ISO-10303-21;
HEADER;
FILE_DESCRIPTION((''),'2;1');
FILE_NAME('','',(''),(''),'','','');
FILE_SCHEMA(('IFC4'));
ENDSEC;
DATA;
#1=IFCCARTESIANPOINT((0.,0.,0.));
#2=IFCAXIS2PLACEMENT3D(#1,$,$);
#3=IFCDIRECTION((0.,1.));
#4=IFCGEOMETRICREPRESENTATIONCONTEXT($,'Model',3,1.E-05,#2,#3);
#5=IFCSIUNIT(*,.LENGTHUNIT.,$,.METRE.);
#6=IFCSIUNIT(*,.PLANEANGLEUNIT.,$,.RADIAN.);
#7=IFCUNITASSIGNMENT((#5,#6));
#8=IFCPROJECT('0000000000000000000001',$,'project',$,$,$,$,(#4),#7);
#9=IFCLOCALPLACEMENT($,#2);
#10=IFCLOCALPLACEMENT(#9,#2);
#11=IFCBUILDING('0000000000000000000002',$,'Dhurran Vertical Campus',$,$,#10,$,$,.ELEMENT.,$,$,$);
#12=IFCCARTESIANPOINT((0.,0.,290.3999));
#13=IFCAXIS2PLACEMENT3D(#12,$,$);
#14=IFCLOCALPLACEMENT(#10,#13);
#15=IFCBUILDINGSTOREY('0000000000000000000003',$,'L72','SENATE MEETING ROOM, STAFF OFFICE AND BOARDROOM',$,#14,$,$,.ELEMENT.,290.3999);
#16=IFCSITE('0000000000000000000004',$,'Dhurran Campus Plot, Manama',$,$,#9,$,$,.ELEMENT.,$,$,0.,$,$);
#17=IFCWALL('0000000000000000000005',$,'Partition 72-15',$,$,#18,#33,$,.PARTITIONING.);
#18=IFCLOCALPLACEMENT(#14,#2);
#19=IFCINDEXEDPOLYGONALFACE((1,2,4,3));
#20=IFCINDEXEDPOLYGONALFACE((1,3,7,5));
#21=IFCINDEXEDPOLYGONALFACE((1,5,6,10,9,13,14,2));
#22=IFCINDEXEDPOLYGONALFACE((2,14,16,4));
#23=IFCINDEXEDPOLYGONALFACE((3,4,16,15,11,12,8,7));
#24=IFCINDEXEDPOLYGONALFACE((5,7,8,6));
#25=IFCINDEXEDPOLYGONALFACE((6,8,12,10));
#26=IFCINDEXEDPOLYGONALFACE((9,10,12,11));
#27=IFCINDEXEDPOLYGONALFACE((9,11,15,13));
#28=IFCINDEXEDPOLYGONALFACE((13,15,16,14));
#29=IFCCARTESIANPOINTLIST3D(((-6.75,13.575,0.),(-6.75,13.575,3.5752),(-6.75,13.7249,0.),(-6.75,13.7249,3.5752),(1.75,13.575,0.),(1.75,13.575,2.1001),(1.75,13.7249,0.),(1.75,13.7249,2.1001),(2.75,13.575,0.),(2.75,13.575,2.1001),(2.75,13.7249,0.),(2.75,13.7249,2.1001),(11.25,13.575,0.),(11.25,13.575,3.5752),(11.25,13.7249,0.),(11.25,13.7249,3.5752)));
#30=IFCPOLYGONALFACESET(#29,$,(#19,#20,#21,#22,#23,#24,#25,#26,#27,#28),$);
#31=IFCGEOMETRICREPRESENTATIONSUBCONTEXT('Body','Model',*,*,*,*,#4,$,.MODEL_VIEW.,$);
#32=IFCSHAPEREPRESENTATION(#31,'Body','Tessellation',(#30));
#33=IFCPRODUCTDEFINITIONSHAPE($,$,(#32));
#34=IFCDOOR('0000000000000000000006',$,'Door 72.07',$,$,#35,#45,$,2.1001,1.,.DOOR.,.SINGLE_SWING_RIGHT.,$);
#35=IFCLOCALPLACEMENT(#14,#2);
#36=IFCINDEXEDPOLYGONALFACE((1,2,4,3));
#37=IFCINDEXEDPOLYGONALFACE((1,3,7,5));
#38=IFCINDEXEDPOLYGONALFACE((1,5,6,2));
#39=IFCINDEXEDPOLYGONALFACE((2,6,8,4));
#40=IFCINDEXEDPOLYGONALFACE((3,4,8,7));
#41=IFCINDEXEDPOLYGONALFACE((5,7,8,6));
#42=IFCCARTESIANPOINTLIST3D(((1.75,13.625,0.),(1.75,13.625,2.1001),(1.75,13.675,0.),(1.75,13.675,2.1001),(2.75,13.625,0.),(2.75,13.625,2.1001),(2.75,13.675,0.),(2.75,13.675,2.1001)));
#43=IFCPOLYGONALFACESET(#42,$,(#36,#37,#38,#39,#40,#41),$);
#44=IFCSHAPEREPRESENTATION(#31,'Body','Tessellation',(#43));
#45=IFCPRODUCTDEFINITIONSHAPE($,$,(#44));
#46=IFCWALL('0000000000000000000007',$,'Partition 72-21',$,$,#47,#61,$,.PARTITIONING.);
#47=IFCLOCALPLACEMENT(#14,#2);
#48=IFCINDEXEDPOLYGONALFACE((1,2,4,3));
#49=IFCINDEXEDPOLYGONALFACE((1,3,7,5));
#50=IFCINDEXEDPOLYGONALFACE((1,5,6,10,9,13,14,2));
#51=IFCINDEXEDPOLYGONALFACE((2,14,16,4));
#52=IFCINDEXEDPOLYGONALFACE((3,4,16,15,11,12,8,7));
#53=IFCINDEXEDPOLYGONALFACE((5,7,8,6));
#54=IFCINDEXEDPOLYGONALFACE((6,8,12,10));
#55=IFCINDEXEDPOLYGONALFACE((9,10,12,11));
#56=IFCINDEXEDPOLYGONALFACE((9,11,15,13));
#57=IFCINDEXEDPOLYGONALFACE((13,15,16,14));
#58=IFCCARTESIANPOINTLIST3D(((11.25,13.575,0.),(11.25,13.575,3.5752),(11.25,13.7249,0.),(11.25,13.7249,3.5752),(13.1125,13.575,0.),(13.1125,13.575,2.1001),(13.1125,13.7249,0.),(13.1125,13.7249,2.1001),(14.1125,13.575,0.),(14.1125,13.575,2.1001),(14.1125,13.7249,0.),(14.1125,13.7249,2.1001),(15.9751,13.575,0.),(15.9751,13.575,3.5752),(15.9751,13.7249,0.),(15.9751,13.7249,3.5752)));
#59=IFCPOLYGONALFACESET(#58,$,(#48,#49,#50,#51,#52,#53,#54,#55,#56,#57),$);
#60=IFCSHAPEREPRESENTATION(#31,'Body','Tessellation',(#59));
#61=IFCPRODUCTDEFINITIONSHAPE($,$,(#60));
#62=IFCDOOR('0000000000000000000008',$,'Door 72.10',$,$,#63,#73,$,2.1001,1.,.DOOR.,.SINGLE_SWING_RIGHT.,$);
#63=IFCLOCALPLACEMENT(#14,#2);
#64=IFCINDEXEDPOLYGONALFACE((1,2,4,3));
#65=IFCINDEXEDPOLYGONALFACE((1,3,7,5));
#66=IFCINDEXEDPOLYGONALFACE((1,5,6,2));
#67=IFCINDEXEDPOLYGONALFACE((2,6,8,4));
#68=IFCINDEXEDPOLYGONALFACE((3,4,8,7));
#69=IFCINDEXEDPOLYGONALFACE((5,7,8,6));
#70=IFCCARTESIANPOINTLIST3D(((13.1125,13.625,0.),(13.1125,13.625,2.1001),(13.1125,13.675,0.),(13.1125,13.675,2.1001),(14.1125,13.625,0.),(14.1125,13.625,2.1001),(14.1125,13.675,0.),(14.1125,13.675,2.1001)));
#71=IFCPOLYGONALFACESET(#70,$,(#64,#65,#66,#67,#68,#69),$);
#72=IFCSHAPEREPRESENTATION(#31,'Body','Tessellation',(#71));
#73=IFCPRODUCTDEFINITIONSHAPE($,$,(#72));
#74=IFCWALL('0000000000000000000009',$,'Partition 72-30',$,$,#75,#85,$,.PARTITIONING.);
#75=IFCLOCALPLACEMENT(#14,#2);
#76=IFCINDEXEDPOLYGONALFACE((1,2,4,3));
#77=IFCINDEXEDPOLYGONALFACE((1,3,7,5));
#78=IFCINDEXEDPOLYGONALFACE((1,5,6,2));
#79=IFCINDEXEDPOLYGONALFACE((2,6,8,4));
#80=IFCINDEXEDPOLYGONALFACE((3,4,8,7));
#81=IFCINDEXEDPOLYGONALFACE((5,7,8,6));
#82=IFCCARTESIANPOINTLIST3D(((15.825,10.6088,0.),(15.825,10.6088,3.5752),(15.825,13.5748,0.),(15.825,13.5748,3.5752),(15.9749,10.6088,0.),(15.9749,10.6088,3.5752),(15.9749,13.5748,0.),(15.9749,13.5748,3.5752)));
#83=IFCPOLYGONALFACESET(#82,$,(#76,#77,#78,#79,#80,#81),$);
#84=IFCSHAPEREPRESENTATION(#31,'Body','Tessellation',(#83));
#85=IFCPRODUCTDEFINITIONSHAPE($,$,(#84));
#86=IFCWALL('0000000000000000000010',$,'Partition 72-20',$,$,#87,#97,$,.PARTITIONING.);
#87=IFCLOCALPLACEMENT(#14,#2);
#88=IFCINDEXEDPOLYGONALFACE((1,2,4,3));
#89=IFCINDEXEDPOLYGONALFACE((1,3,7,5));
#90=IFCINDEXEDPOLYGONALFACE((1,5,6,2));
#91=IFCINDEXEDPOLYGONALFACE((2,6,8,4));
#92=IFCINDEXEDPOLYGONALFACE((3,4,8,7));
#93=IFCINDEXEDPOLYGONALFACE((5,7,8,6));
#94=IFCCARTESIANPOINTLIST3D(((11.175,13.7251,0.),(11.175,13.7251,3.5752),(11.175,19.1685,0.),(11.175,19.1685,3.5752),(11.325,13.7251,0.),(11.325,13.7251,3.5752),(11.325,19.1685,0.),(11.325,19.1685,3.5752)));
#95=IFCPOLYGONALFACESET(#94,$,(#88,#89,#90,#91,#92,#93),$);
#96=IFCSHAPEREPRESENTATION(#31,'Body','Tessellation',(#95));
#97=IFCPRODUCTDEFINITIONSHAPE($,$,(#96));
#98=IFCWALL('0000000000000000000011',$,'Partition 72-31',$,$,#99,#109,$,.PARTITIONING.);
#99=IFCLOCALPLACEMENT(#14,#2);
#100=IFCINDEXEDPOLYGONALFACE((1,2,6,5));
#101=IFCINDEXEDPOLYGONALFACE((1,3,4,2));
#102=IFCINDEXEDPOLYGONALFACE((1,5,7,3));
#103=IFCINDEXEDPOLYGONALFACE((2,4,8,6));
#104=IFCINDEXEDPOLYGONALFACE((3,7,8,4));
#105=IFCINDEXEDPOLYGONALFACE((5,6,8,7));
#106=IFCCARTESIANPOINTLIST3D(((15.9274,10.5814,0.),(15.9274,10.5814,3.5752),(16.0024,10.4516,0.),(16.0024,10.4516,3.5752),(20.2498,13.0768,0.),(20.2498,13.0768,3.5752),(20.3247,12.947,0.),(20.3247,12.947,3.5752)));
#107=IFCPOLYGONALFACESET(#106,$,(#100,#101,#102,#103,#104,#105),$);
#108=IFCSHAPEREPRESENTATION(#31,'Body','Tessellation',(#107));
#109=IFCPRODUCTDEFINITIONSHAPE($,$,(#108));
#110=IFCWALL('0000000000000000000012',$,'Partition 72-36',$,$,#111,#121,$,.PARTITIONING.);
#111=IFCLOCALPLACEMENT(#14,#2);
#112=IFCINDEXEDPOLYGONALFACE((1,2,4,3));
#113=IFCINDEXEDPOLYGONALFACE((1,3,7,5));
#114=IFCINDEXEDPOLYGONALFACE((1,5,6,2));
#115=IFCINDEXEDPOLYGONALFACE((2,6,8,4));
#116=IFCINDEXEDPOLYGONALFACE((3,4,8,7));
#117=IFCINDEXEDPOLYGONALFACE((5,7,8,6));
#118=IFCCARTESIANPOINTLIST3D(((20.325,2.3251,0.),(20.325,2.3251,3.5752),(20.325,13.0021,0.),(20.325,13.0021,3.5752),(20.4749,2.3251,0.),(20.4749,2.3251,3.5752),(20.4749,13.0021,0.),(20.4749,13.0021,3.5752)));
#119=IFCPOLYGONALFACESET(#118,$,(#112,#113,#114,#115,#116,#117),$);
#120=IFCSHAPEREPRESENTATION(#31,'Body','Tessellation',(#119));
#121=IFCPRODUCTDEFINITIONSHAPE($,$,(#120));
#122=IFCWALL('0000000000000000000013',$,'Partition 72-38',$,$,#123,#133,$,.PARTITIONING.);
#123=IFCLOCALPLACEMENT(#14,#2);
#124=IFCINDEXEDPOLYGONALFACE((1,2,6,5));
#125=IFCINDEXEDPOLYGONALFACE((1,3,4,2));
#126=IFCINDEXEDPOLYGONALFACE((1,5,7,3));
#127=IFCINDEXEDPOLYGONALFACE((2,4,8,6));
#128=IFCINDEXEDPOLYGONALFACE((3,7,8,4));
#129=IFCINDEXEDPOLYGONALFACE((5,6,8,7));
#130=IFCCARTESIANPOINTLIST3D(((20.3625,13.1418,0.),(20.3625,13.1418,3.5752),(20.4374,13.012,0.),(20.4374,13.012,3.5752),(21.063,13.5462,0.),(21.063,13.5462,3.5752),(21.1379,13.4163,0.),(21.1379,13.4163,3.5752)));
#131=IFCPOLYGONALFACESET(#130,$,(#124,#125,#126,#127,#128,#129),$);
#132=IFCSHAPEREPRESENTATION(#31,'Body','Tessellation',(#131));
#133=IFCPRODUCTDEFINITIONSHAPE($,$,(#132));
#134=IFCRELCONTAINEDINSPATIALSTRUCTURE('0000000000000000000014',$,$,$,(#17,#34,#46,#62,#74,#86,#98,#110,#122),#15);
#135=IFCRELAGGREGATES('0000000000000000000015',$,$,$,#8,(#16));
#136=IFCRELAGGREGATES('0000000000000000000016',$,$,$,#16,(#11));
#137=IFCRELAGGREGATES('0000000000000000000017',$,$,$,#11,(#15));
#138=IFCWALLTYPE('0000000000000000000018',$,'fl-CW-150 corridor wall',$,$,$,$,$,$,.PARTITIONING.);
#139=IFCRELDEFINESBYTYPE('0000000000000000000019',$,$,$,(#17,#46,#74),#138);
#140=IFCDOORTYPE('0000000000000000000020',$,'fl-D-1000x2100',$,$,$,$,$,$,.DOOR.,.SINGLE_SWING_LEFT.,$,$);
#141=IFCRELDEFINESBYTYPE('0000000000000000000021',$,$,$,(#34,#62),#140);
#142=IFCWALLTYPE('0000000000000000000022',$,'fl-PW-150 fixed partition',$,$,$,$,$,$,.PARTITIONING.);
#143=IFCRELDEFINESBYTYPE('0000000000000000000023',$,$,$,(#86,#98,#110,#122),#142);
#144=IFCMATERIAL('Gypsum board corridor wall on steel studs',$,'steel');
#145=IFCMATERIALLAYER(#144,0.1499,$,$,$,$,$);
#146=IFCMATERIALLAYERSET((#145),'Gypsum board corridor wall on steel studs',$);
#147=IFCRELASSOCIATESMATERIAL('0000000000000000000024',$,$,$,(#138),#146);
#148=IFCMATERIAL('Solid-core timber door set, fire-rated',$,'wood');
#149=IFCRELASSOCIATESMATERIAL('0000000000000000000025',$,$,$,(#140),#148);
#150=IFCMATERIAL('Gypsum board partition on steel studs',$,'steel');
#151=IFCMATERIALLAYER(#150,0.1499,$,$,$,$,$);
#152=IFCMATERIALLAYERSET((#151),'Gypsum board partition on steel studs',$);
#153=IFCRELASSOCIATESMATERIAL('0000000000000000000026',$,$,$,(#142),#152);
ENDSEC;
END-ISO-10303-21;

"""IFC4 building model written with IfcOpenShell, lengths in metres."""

from ifc_helpers import new_model, si_unit, direction, frame, frame_2d, origin, place, context, subcontext, project, spatial, rectangle, extrude, material, layer, layer_set, type_object, element, fill, save


model = new_model("IFC4")

# Units and contexts
model_context = context("Model", 3, precision=1e-05, world=origin(), true_north=direction((0.0, 1.0)))
body_context = subcontext(model_context, "Body", "Model", "MODEL_VIEW")
ifc_project = project(units=[si_unit("LENGTHUNIT", "METRE"), si_unit("PLANEANGLEUNIT", "RADIAN")], contexts=[model_context])

# Site, building, storey
site_placement = place(None, origin())
site = spatial("IfcSite", under=ifc_project, at=site_placement, Name="Dhurran Campus Plot, Manama", CompositionType="ELEMENT", RefElevation=0.0)
building_placement = place(site_placement, origin())
building = spatial("IfcBuilding", under=site, at=building_placement, Name="Dhurran Vertical Campus", CompositionType="ELEMENT")
storey_placement = place(building_placement, frame((0.0, 0.0, 290.3999)))
storey = spatial("IfcBuildingStorey", under=building, at=storey_placement, Name="L72", Description="SENATE MEETING ROOM, STAFF OFFICE AND BOARDROOM", CompositionType="ELEMENT", Elevation=290.3999)

# Walls, openings, doors
ifc_material_1 = material(Name="Gypsum board corridor wall on steel studs", Category="steel")
ifc_layer_1 = layer(ifc_material_1, 0.1499)
ifc_layer_set_1 = layer_set([ifc_layer_1], Name="Gypsum board corridor wall on steel studs")
wall_type_1 = type_object("IfcWallType", Name="fl-CW-150 corridor wall", PredefinedType="PARTITIONING", material=ifc_layer_set_1)
wall_1_placement = place(storey_placement, frame((11.25, 13.6499, 0.0), z_axis=(0.0, 0.0, 1.0), x_axis=(-1.0, 0.0, 0.0)))
wall_1 = element("IfcWall", 1, at=wall_1_placement, inside=storey, type_object=wall_type_1, Name="Partition 72-15", PredefinedType="PARTITIONING", context=body_context, shape_type="SweptSolid", body=[
    extrude(rectangle(XDim=18.0, YDim=0.1499, at=frame_2d((9.0, 0.0))), origin(), (0.0, 0.0, 1.0), 3.5752),
])
opening_1_placement = place(wall_1_placement, frame((8.5, 0.0, 0.0)))
opening_1 = element("IfcOpeningElement", 2, at=opening_1_placement, cuts=wall_1, PredefinedType="OPENING", context=body_context, shape_type="SweptSolid", body=[
    extrude(rectangle(XDim=1.0, YDim=2.1001, at=frame_2d((0.5, 1.05))), frame((0.0, 0.085, 0.0), z_axis=(0.0, -1.0, 0.0), x_axis=(1.0, 0.0, 0.0)), (0.0, 0.0, 1.0), 0.1699),
])
ifc_material_2 = material(Name="Solid-core timber door set, fire-rated", Category="wood")
door_type = type_object("IfcDoorType", Name="fl-D-1000x2100", OperationType="SINGLE_SWING_LEFT", PredefinedType="DOOR", material=ifc_material_2)
door_1_placement = place(opening_1_placement, origin())
door_1 = element("IfcDoor", 3, at=door_1_placement, inside=storey, type_object=door_type, Name="Door 72.07", OperationType="SINGLE_SWING_RIGHT", OverallHeight=2.1001, OverallWidth=1.0, PredefinedType="DOOR", context=body_context, shape_type="SweptSolid", body=[
    extrude(rectangle(XDim=1.0, YDim=2.1001, at=frame_2d((0.5, 1.05))), frame((0.0, 0.0249, 0.0), z_axis=(0.0, -1.0, 0.0), x_axis=(1.0, 0.0, 0.0)), (0.0, 0.0, 1.0), 0.05),
])
fill(opening_1, door_1)
wall_2_placement = place(storey_placement, frame((15.9751, 13.6499, 0.0), z_axis=(0.0, 0.0, 1.0), x_axis=(-1.0, 0.0, 0.0)))
wall_2 = element("IfcWall", 4, at=wall_2_placement, inside=storey, type_object=wall_type_1, Name="Partition 72-21", PredefinedType="PARTITIONING", context=body_context, shape_type="SweptSolid", body=[
    extrude(rectangle(XDim=4.7251, YDim=0.1499, at=frame_2d((2.3625, 0.0))), origin(), (0.0, 0.0, 1.0), 3.5752),
])
opening_2_placement = place(wall_2_placement, frame((1.8625, 0.0, 0.0)))
opening_2 = element("IfcOpeningElement", 5, at=opening_2_placement, cuts=wall_2, PredefinedType="OPENING", context=body_context, shape_type="SweptSolid", body=[
    extrude(rectangle(XDim=1.0, YDim=2.1001, at=frame_2d((0.5, 1.05))), frame((0.0, 0.085, 0.0), z_axis=(0.0, -1.0, 0.0), x_axis=(1.0, 0.0, 0.0)), (0.0, 0.0, 1.0), 0.1699),
])
door_2_placement = place(opening_2_placement, origin())
door_2 = element("IfcDoor", 6, at=door_2_placement, inside=storey, type_object=door_type, Name="Door 72.10", OperationType="SINGLE_SWING_RIGHT", OverallHeight=2.1001, OverallWidth=1.0, PredefinedType="DOOR", context=body_context, shape_type="SweptSolid", body=[
    extrude(rectangle(XDim=1.0, YDim=2.1001, at=frame_2d((0.5, 1.05))), frame((0.0, 0.0249, 0.0), z_axis=(0.0, -1.0, 0.0), x_axis=(1.0, 0.0, 0.0)), (0.0, 0.0, 1.0), 0.05),
])
fill(opening_2, door_2)

# Walls
wall_3_placement = place(storey_placement, frame((15.8999, 10.6089, 0.0), z_axis=(0.0, 0.0, 1.0), x_axis=(0.0, 1.0, 0.0)))
element("IfcWall", 7, at=wall_3_placement, inside=storey, type_object=wall_type_1, Name="Partition 72-30", PredefinedType="PARTITIONING", context=body_context, shape_type="SweptSolid", body=[
    extrude(rectangle(XDim=2.9661, YDim=0.1499, at=frame_2d((1.4829, 0.0))), origin(), (0.0, 0.0, 1.0), 3.5752),
])
ifc_material_3 = material(Name="Gypsum board partition on steel studs", Category="steel")
ifc_layer_2 = layer(ifc_material_3, 0.1499)
ifc_layer_set_2 = layer_set([ifc_layer_2], Name="Gypsum board partition on steel studs")
wall_type_2 = type_object("IfcWallType", Name="fl-PW-150 fixed partition", PredefinedType="PARTITIONING", material=ifc_layer_set_2)
wall_4_placement = place(storey_placement, frame((11.25, 19.1685, 0.0), z_axis=(0.0, 0.0, 1.0), x_axis=(0.0, -1.0, 0.0)))
element("IfcWall", 8, at=wall_4_placement, inside=storey, type_object=wall_type_2, Name="Partition 72-20", PredefinedType="PARTITIONING", context=body_context, shape_type="SweptSolid", body=[
    extrude(rectangle(XDim=5.4434, YDim=0.1499, at=frame_2d((2.7217, 0.0))), origin(), (0.0, 0.0, 1.0), 3.5752),
])
wall_5_placement = place(storey_placement, frame((20.2874, 13.012, 0.0), z_axis=(0.0, 0.0, 1.0), x_axis=(-0.866034, -0.499985, 0.0)))
element("IfcWall", 9, at=wall_5_placement, inside=storey, type_object=wall_type_2, Name="Partition 72-31", PredefinedType="PARTITIONING", context=body_context, shape_type="SweptSolid", body=[
    extrude(rectangle(XDim=4.991, YDim=0.1499, at=frame_2d((2.4956, 0.0))), origin(), (0.0, 0.0, 1.0), 3.5752),
])
wall_6_placement = place(storey_placement, frame((20.3999, 13.002, 0.0), z_axis=(0.0, 0.0, 1.0), x_axis=(0.0, -1.0, 0.0)))
element("IfcWall", 10, at=wall_6_placement, inside=storey, type_object=wall_type_2, Name="Partition 72-36", PredefinedType="PARTITIONING", context=body_context, shape_type="SweptSolid", body=[
    extrude(rectangle(XDim=10.677, YDim=0.1499, at=frame_2d((5.3384, 0.0))), origin(), (0.0, 0.0, 1.0), 3.5752),
])
wall_7_placement = place(storey_placement, frame((21.1003, 13.4812, 0.0), z_axis=(0.0, 0.0, 1.0), x_axis=(-0.86608, -0.499905, 0.0)))
element("IfcWall", 11, at=wall_7_placement, inside=storey, type_object=wall_type_2, Name="Partition 72-38", PredefinedType="PARTITIONING", context=body_context, shape_type="SweptSolid", body=[
    extrude(rectangle(XDim=0.8088, YDim=0.1499, at=frame_2d((0.4043, 0.0))), origin(), (0.0, 0.0, 1.0), 3.5752),
])

save(model, "model.ifc")
